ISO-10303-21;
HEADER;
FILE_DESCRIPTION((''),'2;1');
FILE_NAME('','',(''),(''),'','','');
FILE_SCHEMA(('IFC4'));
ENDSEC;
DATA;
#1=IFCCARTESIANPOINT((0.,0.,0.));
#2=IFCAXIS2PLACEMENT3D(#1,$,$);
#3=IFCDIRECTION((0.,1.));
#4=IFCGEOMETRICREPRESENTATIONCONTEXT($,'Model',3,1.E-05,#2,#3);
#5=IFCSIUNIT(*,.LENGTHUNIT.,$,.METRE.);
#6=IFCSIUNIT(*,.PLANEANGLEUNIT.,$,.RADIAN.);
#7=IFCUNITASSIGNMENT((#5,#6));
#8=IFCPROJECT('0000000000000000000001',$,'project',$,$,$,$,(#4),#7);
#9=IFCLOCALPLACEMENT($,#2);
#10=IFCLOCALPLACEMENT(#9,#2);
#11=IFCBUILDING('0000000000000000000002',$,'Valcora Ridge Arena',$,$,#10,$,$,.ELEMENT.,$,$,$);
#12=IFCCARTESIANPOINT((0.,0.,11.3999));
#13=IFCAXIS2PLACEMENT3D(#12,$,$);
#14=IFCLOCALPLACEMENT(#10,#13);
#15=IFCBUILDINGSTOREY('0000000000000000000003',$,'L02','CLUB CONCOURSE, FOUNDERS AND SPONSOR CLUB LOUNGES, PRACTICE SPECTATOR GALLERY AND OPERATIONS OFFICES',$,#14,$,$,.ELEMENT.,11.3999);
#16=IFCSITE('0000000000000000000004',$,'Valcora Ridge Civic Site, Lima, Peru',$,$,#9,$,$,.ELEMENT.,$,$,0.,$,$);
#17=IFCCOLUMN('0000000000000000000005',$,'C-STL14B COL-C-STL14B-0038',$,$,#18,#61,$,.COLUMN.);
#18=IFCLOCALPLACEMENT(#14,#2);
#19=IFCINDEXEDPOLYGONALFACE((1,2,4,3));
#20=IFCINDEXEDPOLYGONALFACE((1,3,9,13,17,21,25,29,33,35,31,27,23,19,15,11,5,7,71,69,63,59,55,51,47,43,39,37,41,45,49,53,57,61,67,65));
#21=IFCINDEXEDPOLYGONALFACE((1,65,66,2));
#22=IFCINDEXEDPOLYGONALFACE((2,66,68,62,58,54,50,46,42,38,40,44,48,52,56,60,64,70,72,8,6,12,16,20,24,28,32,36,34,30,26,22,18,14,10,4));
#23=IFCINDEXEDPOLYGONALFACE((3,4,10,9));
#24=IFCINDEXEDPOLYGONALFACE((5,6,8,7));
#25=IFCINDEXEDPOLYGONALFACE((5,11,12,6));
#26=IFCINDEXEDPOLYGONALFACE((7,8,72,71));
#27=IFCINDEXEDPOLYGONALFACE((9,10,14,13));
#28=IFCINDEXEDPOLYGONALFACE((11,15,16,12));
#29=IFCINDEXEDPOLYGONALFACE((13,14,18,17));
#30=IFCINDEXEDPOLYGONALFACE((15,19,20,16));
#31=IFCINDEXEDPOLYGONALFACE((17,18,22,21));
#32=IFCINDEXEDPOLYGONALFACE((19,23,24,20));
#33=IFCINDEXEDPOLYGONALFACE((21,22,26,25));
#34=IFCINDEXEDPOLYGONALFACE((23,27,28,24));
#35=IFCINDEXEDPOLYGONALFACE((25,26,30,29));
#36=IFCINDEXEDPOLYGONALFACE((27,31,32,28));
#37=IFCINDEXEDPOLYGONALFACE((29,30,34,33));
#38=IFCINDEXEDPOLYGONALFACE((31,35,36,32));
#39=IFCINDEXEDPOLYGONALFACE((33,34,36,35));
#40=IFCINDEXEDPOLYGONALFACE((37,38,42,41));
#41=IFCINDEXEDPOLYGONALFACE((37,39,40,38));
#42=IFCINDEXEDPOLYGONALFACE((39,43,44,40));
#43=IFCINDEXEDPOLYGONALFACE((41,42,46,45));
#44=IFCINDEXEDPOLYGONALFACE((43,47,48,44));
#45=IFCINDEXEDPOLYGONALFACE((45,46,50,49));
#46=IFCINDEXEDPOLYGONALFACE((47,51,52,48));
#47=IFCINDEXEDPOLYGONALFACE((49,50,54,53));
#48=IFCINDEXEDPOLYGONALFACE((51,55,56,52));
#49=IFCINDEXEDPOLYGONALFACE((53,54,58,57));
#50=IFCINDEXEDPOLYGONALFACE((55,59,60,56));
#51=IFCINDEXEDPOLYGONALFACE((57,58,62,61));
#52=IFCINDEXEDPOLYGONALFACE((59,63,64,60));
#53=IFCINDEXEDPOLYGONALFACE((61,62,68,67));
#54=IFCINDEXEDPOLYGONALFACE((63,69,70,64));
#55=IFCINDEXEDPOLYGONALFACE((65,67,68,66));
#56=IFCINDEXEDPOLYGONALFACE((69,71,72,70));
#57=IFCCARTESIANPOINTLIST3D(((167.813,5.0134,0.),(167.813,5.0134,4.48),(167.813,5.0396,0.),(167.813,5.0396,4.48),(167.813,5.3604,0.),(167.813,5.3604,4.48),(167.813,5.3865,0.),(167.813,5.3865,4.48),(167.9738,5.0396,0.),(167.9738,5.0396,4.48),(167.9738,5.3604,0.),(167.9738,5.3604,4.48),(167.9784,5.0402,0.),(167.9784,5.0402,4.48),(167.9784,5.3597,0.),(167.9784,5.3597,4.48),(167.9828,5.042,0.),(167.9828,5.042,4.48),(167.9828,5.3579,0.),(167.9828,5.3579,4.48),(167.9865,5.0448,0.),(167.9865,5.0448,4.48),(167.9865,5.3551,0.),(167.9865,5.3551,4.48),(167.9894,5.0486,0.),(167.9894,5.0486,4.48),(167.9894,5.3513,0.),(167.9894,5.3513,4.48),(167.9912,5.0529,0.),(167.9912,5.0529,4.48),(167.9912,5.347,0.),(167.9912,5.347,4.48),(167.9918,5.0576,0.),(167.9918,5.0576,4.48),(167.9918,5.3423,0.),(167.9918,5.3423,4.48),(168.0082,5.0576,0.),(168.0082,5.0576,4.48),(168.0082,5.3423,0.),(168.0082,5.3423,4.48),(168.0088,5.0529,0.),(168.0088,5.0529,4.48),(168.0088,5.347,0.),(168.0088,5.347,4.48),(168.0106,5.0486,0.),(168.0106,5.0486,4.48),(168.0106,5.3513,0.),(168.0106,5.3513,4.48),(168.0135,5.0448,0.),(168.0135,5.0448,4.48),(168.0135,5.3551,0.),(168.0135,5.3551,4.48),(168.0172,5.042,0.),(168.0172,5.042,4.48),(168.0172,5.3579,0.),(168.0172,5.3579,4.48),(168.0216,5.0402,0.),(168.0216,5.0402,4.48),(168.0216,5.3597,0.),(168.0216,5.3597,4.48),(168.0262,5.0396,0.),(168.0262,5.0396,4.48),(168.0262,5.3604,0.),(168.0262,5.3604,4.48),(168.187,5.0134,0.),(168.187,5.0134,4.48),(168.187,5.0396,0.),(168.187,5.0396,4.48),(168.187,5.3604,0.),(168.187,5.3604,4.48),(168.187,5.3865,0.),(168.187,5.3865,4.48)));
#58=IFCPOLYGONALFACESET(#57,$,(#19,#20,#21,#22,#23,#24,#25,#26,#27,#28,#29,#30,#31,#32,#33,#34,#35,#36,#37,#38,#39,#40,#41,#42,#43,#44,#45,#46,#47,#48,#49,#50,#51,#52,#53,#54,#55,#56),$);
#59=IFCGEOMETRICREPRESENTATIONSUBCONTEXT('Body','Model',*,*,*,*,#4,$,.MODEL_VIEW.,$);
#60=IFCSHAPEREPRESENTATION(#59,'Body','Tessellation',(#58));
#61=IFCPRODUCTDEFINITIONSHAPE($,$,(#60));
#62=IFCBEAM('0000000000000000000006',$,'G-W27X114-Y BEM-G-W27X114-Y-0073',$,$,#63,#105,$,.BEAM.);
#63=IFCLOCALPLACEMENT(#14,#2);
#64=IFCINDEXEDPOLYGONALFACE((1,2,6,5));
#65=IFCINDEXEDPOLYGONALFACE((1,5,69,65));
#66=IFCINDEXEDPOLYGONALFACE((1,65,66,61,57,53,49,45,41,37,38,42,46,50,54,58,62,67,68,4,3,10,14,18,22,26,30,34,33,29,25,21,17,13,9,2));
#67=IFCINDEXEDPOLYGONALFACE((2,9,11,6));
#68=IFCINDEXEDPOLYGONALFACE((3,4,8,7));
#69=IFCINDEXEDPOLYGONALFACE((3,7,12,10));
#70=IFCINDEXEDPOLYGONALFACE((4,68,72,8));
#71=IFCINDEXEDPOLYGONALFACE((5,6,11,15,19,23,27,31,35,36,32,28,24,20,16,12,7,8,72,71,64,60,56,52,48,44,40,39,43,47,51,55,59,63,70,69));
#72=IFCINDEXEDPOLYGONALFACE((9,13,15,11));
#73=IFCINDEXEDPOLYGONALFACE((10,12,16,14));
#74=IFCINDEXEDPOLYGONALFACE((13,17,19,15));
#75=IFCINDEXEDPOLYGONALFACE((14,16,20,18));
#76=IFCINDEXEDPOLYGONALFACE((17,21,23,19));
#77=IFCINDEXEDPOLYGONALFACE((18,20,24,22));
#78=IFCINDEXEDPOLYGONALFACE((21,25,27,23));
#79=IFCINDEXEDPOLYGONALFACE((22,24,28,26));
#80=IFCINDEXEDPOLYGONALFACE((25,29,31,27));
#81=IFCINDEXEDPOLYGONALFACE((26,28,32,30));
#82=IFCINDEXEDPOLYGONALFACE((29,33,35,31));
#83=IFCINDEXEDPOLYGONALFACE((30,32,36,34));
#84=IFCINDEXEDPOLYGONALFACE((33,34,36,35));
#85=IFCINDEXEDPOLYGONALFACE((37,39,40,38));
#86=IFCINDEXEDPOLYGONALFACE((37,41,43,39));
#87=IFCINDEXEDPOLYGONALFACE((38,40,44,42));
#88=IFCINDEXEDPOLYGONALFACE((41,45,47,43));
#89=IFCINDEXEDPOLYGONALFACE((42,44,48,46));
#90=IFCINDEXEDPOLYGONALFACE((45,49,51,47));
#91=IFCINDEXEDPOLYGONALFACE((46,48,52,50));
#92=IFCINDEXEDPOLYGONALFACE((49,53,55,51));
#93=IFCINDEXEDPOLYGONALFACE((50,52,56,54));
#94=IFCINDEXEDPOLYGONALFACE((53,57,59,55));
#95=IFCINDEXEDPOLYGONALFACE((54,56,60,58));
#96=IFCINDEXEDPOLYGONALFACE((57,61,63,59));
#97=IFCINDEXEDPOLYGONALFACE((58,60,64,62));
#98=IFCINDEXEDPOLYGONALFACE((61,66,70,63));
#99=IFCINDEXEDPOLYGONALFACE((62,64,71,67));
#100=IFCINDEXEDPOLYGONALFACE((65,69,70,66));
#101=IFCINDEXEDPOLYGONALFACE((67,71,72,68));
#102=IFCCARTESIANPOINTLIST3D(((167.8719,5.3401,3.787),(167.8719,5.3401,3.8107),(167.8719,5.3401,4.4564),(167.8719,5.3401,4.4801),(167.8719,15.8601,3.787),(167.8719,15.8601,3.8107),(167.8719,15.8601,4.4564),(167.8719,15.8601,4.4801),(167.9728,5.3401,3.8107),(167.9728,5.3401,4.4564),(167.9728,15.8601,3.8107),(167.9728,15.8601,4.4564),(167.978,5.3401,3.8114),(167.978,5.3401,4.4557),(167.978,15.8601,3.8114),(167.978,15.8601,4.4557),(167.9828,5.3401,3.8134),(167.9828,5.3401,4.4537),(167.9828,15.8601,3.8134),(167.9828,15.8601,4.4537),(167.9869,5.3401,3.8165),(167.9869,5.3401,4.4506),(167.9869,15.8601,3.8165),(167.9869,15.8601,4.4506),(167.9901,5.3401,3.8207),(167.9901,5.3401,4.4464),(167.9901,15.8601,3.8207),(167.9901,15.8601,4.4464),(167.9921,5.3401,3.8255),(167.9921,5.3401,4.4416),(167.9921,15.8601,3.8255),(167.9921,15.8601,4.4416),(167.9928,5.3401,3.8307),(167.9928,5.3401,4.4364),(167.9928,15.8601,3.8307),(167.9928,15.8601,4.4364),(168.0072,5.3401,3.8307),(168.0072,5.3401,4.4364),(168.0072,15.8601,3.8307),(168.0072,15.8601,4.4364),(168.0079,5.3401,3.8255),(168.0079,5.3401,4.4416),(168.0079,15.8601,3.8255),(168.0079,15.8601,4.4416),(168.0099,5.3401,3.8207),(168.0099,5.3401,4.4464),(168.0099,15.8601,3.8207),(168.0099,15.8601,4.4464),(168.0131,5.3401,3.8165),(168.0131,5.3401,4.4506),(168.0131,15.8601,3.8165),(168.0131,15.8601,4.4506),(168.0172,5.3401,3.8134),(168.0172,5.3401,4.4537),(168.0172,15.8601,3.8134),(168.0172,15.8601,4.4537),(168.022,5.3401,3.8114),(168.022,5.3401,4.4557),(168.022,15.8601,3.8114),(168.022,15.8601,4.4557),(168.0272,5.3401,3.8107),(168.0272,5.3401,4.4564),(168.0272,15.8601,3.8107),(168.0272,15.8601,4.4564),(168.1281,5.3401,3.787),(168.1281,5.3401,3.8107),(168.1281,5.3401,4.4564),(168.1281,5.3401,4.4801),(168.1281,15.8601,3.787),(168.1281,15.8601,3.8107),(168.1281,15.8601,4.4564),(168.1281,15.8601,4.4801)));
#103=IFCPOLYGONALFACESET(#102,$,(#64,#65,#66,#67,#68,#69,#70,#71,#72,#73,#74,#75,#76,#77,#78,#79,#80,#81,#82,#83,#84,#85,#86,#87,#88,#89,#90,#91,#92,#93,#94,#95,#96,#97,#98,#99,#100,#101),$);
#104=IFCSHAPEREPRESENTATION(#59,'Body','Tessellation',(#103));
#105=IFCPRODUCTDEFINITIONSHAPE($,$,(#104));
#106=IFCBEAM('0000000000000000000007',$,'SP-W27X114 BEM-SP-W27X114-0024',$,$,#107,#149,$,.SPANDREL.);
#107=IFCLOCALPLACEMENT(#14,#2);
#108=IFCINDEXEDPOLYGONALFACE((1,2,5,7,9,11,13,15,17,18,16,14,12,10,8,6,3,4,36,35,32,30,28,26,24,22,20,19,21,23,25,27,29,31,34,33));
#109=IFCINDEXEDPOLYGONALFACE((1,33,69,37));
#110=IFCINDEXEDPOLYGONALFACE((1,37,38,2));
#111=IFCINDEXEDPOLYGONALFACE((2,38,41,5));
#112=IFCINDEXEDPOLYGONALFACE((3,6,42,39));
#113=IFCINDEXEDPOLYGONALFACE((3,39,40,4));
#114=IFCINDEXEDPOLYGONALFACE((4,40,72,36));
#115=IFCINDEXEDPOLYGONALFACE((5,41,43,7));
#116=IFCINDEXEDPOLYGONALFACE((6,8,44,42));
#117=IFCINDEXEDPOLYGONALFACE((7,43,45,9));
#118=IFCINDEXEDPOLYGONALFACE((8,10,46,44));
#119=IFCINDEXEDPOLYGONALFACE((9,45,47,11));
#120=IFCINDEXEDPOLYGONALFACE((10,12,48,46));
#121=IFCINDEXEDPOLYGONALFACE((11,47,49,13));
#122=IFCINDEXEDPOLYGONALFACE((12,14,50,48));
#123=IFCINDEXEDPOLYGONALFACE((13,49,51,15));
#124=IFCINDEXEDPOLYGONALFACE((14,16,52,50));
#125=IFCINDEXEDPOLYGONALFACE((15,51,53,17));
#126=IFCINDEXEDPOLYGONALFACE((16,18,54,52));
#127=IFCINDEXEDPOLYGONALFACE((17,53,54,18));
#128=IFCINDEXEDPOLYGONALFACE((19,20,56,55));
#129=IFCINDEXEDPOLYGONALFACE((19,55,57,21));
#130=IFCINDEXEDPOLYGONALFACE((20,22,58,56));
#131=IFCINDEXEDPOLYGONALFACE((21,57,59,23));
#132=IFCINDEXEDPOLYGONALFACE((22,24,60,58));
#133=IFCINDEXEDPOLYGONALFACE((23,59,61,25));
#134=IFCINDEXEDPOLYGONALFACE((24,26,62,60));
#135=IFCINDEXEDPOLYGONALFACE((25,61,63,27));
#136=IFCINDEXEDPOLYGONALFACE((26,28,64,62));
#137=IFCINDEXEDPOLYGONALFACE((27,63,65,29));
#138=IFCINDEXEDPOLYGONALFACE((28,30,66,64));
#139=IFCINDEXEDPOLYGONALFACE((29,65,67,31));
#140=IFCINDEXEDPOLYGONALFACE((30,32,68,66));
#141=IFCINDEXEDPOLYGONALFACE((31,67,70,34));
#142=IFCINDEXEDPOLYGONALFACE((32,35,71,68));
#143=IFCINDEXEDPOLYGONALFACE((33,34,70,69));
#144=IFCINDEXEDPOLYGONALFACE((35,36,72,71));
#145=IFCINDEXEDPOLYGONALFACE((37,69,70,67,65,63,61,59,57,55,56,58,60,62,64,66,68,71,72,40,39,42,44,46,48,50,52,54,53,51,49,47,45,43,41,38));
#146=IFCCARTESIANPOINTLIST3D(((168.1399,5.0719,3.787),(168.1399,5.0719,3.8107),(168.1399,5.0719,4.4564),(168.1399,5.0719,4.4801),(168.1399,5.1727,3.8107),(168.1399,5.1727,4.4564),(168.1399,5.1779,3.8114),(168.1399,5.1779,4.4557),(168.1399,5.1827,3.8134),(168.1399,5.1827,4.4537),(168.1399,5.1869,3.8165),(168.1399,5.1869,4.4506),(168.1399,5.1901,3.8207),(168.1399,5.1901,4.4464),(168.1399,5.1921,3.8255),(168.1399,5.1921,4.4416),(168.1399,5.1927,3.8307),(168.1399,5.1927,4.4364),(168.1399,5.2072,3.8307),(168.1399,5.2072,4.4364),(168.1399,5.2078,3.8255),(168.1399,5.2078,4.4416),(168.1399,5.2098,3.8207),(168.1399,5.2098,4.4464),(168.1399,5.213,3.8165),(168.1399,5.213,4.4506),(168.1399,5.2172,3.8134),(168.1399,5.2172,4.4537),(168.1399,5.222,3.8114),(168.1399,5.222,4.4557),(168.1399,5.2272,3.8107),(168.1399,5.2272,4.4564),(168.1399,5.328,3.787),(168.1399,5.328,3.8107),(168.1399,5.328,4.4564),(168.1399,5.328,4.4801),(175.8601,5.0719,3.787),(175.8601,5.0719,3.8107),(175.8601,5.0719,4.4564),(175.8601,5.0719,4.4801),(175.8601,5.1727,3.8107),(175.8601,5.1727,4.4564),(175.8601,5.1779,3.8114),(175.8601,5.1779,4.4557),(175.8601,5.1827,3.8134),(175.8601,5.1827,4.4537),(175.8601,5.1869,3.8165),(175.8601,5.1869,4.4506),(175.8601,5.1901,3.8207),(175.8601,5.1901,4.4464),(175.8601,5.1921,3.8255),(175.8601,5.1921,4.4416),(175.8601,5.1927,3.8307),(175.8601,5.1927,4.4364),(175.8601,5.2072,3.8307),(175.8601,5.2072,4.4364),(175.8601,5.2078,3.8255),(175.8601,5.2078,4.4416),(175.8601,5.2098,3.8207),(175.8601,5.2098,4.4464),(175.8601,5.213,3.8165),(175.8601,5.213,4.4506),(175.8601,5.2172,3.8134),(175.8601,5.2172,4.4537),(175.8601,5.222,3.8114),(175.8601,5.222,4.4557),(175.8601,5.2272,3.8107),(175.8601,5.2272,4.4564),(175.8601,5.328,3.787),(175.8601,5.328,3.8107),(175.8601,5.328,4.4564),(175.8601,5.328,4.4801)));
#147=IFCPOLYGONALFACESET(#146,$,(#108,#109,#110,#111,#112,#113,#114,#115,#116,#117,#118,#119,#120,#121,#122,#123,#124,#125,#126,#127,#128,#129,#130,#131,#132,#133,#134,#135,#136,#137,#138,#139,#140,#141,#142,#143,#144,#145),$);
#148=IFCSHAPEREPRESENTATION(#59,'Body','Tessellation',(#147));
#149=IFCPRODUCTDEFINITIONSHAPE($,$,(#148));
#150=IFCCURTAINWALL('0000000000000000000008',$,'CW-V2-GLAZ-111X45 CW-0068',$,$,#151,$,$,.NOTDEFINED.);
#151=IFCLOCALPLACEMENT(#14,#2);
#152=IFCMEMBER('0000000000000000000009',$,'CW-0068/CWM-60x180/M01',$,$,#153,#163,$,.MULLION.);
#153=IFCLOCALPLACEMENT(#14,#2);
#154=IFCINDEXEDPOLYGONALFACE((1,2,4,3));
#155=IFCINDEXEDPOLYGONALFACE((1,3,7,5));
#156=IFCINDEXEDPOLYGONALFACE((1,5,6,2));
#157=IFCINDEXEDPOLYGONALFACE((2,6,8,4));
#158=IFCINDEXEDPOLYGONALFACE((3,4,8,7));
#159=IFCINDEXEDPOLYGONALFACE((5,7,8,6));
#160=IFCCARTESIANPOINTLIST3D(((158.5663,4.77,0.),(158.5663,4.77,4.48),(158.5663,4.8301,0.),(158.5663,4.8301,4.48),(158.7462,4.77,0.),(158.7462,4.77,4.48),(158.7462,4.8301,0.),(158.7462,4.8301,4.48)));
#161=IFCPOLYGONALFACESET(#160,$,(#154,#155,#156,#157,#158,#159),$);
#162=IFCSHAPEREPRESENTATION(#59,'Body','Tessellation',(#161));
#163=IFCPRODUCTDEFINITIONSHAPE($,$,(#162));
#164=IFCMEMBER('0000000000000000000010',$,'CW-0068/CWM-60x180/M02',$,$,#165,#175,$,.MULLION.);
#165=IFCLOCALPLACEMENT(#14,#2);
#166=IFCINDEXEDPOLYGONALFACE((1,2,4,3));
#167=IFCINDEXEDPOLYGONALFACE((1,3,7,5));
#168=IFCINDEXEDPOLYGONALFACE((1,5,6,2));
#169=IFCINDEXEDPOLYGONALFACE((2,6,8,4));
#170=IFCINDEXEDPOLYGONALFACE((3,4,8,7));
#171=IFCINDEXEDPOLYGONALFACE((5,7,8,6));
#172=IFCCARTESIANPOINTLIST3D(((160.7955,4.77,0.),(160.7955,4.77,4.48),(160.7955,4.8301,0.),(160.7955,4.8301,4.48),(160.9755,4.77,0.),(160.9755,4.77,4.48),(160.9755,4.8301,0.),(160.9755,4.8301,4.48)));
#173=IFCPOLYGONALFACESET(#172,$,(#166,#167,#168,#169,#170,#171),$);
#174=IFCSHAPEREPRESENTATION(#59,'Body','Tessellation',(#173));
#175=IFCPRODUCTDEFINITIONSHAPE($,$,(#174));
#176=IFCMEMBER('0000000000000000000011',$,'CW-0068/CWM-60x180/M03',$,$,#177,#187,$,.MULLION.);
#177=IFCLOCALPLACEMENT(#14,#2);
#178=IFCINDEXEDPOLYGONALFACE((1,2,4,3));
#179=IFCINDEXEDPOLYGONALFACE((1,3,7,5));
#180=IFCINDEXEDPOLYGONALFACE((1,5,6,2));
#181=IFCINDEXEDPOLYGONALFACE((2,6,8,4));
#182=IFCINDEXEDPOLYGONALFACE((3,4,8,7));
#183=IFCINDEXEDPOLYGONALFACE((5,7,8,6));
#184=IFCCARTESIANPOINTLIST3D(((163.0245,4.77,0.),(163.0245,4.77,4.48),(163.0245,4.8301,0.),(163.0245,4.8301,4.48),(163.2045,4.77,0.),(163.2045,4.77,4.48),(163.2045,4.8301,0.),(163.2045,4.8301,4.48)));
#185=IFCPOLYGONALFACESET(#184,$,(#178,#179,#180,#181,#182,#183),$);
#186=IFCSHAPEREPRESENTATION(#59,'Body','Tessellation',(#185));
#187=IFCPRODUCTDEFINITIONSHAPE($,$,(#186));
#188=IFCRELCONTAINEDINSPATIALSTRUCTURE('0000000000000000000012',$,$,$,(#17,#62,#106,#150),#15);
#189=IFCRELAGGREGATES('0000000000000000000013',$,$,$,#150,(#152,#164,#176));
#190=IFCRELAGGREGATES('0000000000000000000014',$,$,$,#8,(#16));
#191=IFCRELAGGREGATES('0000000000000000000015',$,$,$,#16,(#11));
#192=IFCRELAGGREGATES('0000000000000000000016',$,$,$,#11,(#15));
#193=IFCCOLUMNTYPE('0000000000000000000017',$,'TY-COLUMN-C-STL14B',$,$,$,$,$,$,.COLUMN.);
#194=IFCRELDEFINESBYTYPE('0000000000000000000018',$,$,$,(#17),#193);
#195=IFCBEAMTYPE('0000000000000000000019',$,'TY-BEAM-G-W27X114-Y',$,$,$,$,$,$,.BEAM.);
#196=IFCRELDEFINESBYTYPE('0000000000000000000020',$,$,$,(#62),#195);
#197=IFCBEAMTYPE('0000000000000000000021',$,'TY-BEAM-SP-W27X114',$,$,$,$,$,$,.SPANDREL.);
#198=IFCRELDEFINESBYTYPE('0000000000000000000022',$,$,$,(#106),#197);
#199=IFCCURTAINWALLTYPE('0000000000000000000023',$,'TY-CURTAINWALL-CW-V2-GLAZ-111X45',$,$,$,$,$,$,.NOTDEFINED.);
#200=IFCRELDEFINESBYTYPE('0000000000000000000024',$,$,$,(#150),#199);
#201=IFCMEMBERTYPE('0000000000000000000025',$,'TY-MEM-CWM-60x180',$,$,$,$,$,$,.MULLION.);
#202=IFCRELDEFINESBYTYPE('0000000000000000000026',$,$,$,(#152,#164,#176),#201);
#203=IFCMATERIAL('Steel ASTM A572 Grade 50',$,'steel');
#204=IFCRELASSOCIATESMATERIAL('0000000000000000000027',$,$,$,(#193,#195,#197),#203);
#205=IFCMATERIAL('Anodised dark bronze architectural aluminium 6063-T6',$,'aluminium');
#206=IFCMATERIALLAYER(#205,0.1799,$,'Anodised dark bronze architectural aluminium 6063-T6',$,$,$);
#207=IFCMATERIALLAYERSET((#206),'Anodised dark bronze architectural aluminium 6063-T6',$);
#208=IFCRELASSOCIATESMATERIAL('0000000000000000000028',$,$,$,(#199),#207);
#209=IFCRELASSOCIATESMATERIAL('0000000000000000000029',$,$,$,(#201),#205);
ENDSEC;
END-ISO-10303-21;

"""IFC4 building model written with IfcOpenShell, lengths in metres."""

from ifc_helpers import new_model, si_unit, direction, frame, origin, origin_2d, place, context, subcontext, project, spatial, rectangle, i_section, extrude, material, layer, layer_set, material_profile, profile_set, type_object, element, aggregate, save


model = new_model("IFC4")

# Units and contexts
model_context = context("Model", 3, precision=1e-05, world=origin(), true_north=direction((0.0, 1.0)))
body_context = subcontext(model_context, "Body", "Model", "MODEL_VIEW")
ifc_project = project(units=[si_unit("LENGTHUNIT", "METRE"), si_unit("PLANEANGLEUNIT", "RADIAN")], contexts=[model_context])

# Site, building, storey
site_placement = place(None, origin())
site = spatial("IfcSite", under=ifc_project, at=site_placement, Name="Valcora Ridge Civic Site, Lima, Peru", CompositionType="ELEMENT", RefElevation=0.0)
building_placement = place(site_placement, origin())
building = spatial("IfcBuilding", under=site, at=building_placement, Name="Valcora Ridge Arena", CompositionType="ELEMENT")
storey_placement = place(building_placement, frame((0.0, 0.0, 11.3999)))
storey = spatial("IfcBuildingStorey", under=building, at=storey_placement, Name="L02", Description="CLUB CONCOURSE, FOUNDERS AND SPONSOR CLUB LOUNGES, PRACTICE SPECTATOR GALLERY AND OPERATIONS OFFICES", CompositionType="ELEMENT", Elevation=11.3999)

# Column
ifc_material_1 = material(Name="Steel ASTM A572 Grade 50", Category="steel")
ifc_material_profile_1 = material_profile(ifc_material_1, i_section(OverallWidth=0.374, OverallDepth=0.373, WebThickness=0.0164, FlangeThickness=0.0261, FilletRadius=0.0181, at=origin_2d()), Name="W14X132")
ifc_profile_set_1 = profile_set([ifc_material_profile_1], Name="Steel ASTM A572 Grade 50")
column_type = type_object("IfcColumnType", Name="TY-COLUMN-C-STL14B", PredefinedType="COLUMN", material=ifc_profile_set_1)
column_placement = place(storey_placement, frame((168.0, 5.2, 0.0), z_axis=(0.0, 0.0, 1.0), x_axis=(1.0, 0.0, 0.0)))
element("IfcColumn", 1, at=column_placement, inside=storey, type_object=column_type, Name="C-STL14B COL-C-STL14B-0038", PredefinedType="COLUMN", context=body_context, shape_type="SweptSolid", body=[
    extrude(i_section(OverallWidth=0.374, OverallDepth=0.373, WebThickness=0.0164, FlangeThickness=0.0261, FilletRadius=0.0181, at=origin_2d()), origin(), (0.0, 0.0, 1.0), 4.48),
])

# Beams
ifc_material_profile_2 = material_profile(ifc_material_1, i_section(OverallWidth=0.2561, OverallDepth=0.6931, WebThickness=0.0144, FlangeThickness=0.0237, FilletRadius=0.02, at=origin_2d()), Name="W27X114")
ifc_profile_set_2 = profile_set([ifc_material_profile_2], Name="Steel ASTM A572 Grade 50")
beam_type_1 = type_object("IfcBeamType", Name="TY-BEAM-G-W27X114-Y", PredefinedType="BEAM", material=ifc_profile_set_2)
beam_1_placement = place(storey_placement, frame((168.0, 5.3401, 4.1335), z_axis=(0.0, 1.0, 0.0), x_axis=(-1.0, 0.0, 0.0)))
element("IfcBeam", 2, at=beam_1_placement, inside=storey, type_object=beam_type_1, Name="G-W27X114-Y BEM-G-W27X114-Y-0073", PredefinedType="BEAM", context=body_context, shape_type="SweptSolid", body=[
    extrude(i_section(OverallWidth=0.2561, OverallDepth=0.6931, WebThickness=0.0144, FlangeThickness=0.0237, FilletRadius=0.02, at=origin_2d()), origin(), (0.0, 0.0, 1.0), 10.52),
])
ifc_material_profile_3 = material_profile(ifc_material_1, i_section(OverallWidth=0.2561, OverallDepth=0.6931, WebThickness=0.0144, FlangeThickness=0.0237, FilletRadius=0.02, at=origin_2d()), Name="W27X114")
ifc_profile_set_3 = profile_set([ifc_material_profile_3], Name="Steel ASTM A572 Grade 50")
beam_type_2 = type_object("IfcBeamType", Name="TY-BEAM-SP-W27X114", PredefinedType="SPANDREL", material=ifc_profile_set_3)
beam_2_placement = place(storey_placement, frame((168.1399, 5.2, 4.1335), z_axis=(1.0, 0.0, 0.0), x_axis=(0.0, 1.0, 0.0)))
element("IfcBeam", 3, at=beam_2_placement, inside=storey, type_object=beam_type_2, Name="SP-W27X114 BEM-SP-W27X114-0024", PredefinedType="SPANDREL", context=body_context, shape_type="SweptSolid", body=[
    extrude(i_section(OverallWidth=0.2561, OverallDepth=0.6931, WebThickness=0.0144, FlangeThickness=0.0237, FilletRadius=0.02, at=origin_2d()), origin(), (0.0, 0.0, 1.0), 7.7202),
])

# Curtain wall, members
ifc_material_2 = material(Name="Anodised dark bronze architectural aluminium 6063-T6", Category="aluminium")
ifc_layer_1 = layer(ifc_material_2, 0.1799, Name="Anodised dark bronze architectural aluminium 6063-T6")
ifc_layer_set_1 = layer_set([ifc_layer_1], Name="Anodised dark bronze architectural aluminium 6063-T6")
curtain_wall_type_1 = type_object("IfcCurtainWallType", Name="TY-CURTAINWALL-CW-V2-GLAZ-111X45", PredefinedType="NOTDEFINED", material=ifc_layer_set_1)
curtain_wall_1_placement = place(storey_placement, origin())
curtain_wall_1 = element("IfcCurtainWall", 4, at=curtain_wall_1_placement, inside=storey, type_object=curtain_wall_type_1, Name="CW-V2-GLAZ-111X45 CW-0068", PredefinedType="NOTDEFINED")
ifc_material_profile_4 = material_profile(ifc_material_2, rectangle(XDim=0.0601, YDim=0.1799, at=origin_2d()), Name="ALU MULLION 60x180")
ifc_profile_set_4 = profile_set([ifc_material_profile_4], Name="Anodised dark bronze architectural aluminium 6063-T6")
member_type_1 = type_object("IfcMemberType", Name="TY-MEM-CWM-60x180", PredefinedType="MULLION", material=ifc_profile_set_4)
member_1_placement = place(storey_placement, frame((158.6562, 4.8, 0.0), z_axis=(0.0, 0.0, 1.0), x_axis=(0.0, 1.0, 0.0)))
member_1 = element("IfcMember", 5, at=member_1_placement, type_object=member_type_1, Name="CW-0068/CWM-60x180/M01", PredefinedType="MULLION", context=body_context, shape_type="SweptSolid", body=[
    extrude(rectangle(XDim=0.0601, YDim=0.1799, at=origin_2d()), origin(), (0.0, 0.0, 1.0), 4.48),
])
member_2_placement = place(storey_placement, frame((160.8855, 4.8, 0.0), z_axis=(0.0, 0.0, 1.0), x_axis=(0.0, 1.0, 0.0)))
member_2 = element("IfcMember", 6, at=member_2_placement, type_object=member_type_1, Name="CW-0068/CWM-60x180/M02", PredefinedType="MULLION", context=body_context, shape_type="SweptSolid", body=[
    extrude(rectangle(XDim=0.0601, YDim=0.1799, at=origin_2d()), origin(), (0.0, 0.0, 1.0), 4.48),
])
member_3_placement = place(storey_placement, frame((163.1145, 4.8, 0.0), z_axis=(0.0, 0.0, 1.0), x_axis=(0.0, 1.0, 0.0)))
member_3 = element("IfcMember", 7, at=member_3_placement, type_object=member_type_1, Name="CW-0068/CWM-60x180/M03", PredefinedType="MULLION", context=body_context, shape_type="SweptSolid", body=[
    extrude(rectangle(XDim=0.0601, YDim=0.1799, at=origin_2d()), origin(), (0.0, 0.0, 1.0), 4.48),
])

aggregate(curtain_wall_1, [member_1, member_2, member_3])

save(model, "model.ifc")
